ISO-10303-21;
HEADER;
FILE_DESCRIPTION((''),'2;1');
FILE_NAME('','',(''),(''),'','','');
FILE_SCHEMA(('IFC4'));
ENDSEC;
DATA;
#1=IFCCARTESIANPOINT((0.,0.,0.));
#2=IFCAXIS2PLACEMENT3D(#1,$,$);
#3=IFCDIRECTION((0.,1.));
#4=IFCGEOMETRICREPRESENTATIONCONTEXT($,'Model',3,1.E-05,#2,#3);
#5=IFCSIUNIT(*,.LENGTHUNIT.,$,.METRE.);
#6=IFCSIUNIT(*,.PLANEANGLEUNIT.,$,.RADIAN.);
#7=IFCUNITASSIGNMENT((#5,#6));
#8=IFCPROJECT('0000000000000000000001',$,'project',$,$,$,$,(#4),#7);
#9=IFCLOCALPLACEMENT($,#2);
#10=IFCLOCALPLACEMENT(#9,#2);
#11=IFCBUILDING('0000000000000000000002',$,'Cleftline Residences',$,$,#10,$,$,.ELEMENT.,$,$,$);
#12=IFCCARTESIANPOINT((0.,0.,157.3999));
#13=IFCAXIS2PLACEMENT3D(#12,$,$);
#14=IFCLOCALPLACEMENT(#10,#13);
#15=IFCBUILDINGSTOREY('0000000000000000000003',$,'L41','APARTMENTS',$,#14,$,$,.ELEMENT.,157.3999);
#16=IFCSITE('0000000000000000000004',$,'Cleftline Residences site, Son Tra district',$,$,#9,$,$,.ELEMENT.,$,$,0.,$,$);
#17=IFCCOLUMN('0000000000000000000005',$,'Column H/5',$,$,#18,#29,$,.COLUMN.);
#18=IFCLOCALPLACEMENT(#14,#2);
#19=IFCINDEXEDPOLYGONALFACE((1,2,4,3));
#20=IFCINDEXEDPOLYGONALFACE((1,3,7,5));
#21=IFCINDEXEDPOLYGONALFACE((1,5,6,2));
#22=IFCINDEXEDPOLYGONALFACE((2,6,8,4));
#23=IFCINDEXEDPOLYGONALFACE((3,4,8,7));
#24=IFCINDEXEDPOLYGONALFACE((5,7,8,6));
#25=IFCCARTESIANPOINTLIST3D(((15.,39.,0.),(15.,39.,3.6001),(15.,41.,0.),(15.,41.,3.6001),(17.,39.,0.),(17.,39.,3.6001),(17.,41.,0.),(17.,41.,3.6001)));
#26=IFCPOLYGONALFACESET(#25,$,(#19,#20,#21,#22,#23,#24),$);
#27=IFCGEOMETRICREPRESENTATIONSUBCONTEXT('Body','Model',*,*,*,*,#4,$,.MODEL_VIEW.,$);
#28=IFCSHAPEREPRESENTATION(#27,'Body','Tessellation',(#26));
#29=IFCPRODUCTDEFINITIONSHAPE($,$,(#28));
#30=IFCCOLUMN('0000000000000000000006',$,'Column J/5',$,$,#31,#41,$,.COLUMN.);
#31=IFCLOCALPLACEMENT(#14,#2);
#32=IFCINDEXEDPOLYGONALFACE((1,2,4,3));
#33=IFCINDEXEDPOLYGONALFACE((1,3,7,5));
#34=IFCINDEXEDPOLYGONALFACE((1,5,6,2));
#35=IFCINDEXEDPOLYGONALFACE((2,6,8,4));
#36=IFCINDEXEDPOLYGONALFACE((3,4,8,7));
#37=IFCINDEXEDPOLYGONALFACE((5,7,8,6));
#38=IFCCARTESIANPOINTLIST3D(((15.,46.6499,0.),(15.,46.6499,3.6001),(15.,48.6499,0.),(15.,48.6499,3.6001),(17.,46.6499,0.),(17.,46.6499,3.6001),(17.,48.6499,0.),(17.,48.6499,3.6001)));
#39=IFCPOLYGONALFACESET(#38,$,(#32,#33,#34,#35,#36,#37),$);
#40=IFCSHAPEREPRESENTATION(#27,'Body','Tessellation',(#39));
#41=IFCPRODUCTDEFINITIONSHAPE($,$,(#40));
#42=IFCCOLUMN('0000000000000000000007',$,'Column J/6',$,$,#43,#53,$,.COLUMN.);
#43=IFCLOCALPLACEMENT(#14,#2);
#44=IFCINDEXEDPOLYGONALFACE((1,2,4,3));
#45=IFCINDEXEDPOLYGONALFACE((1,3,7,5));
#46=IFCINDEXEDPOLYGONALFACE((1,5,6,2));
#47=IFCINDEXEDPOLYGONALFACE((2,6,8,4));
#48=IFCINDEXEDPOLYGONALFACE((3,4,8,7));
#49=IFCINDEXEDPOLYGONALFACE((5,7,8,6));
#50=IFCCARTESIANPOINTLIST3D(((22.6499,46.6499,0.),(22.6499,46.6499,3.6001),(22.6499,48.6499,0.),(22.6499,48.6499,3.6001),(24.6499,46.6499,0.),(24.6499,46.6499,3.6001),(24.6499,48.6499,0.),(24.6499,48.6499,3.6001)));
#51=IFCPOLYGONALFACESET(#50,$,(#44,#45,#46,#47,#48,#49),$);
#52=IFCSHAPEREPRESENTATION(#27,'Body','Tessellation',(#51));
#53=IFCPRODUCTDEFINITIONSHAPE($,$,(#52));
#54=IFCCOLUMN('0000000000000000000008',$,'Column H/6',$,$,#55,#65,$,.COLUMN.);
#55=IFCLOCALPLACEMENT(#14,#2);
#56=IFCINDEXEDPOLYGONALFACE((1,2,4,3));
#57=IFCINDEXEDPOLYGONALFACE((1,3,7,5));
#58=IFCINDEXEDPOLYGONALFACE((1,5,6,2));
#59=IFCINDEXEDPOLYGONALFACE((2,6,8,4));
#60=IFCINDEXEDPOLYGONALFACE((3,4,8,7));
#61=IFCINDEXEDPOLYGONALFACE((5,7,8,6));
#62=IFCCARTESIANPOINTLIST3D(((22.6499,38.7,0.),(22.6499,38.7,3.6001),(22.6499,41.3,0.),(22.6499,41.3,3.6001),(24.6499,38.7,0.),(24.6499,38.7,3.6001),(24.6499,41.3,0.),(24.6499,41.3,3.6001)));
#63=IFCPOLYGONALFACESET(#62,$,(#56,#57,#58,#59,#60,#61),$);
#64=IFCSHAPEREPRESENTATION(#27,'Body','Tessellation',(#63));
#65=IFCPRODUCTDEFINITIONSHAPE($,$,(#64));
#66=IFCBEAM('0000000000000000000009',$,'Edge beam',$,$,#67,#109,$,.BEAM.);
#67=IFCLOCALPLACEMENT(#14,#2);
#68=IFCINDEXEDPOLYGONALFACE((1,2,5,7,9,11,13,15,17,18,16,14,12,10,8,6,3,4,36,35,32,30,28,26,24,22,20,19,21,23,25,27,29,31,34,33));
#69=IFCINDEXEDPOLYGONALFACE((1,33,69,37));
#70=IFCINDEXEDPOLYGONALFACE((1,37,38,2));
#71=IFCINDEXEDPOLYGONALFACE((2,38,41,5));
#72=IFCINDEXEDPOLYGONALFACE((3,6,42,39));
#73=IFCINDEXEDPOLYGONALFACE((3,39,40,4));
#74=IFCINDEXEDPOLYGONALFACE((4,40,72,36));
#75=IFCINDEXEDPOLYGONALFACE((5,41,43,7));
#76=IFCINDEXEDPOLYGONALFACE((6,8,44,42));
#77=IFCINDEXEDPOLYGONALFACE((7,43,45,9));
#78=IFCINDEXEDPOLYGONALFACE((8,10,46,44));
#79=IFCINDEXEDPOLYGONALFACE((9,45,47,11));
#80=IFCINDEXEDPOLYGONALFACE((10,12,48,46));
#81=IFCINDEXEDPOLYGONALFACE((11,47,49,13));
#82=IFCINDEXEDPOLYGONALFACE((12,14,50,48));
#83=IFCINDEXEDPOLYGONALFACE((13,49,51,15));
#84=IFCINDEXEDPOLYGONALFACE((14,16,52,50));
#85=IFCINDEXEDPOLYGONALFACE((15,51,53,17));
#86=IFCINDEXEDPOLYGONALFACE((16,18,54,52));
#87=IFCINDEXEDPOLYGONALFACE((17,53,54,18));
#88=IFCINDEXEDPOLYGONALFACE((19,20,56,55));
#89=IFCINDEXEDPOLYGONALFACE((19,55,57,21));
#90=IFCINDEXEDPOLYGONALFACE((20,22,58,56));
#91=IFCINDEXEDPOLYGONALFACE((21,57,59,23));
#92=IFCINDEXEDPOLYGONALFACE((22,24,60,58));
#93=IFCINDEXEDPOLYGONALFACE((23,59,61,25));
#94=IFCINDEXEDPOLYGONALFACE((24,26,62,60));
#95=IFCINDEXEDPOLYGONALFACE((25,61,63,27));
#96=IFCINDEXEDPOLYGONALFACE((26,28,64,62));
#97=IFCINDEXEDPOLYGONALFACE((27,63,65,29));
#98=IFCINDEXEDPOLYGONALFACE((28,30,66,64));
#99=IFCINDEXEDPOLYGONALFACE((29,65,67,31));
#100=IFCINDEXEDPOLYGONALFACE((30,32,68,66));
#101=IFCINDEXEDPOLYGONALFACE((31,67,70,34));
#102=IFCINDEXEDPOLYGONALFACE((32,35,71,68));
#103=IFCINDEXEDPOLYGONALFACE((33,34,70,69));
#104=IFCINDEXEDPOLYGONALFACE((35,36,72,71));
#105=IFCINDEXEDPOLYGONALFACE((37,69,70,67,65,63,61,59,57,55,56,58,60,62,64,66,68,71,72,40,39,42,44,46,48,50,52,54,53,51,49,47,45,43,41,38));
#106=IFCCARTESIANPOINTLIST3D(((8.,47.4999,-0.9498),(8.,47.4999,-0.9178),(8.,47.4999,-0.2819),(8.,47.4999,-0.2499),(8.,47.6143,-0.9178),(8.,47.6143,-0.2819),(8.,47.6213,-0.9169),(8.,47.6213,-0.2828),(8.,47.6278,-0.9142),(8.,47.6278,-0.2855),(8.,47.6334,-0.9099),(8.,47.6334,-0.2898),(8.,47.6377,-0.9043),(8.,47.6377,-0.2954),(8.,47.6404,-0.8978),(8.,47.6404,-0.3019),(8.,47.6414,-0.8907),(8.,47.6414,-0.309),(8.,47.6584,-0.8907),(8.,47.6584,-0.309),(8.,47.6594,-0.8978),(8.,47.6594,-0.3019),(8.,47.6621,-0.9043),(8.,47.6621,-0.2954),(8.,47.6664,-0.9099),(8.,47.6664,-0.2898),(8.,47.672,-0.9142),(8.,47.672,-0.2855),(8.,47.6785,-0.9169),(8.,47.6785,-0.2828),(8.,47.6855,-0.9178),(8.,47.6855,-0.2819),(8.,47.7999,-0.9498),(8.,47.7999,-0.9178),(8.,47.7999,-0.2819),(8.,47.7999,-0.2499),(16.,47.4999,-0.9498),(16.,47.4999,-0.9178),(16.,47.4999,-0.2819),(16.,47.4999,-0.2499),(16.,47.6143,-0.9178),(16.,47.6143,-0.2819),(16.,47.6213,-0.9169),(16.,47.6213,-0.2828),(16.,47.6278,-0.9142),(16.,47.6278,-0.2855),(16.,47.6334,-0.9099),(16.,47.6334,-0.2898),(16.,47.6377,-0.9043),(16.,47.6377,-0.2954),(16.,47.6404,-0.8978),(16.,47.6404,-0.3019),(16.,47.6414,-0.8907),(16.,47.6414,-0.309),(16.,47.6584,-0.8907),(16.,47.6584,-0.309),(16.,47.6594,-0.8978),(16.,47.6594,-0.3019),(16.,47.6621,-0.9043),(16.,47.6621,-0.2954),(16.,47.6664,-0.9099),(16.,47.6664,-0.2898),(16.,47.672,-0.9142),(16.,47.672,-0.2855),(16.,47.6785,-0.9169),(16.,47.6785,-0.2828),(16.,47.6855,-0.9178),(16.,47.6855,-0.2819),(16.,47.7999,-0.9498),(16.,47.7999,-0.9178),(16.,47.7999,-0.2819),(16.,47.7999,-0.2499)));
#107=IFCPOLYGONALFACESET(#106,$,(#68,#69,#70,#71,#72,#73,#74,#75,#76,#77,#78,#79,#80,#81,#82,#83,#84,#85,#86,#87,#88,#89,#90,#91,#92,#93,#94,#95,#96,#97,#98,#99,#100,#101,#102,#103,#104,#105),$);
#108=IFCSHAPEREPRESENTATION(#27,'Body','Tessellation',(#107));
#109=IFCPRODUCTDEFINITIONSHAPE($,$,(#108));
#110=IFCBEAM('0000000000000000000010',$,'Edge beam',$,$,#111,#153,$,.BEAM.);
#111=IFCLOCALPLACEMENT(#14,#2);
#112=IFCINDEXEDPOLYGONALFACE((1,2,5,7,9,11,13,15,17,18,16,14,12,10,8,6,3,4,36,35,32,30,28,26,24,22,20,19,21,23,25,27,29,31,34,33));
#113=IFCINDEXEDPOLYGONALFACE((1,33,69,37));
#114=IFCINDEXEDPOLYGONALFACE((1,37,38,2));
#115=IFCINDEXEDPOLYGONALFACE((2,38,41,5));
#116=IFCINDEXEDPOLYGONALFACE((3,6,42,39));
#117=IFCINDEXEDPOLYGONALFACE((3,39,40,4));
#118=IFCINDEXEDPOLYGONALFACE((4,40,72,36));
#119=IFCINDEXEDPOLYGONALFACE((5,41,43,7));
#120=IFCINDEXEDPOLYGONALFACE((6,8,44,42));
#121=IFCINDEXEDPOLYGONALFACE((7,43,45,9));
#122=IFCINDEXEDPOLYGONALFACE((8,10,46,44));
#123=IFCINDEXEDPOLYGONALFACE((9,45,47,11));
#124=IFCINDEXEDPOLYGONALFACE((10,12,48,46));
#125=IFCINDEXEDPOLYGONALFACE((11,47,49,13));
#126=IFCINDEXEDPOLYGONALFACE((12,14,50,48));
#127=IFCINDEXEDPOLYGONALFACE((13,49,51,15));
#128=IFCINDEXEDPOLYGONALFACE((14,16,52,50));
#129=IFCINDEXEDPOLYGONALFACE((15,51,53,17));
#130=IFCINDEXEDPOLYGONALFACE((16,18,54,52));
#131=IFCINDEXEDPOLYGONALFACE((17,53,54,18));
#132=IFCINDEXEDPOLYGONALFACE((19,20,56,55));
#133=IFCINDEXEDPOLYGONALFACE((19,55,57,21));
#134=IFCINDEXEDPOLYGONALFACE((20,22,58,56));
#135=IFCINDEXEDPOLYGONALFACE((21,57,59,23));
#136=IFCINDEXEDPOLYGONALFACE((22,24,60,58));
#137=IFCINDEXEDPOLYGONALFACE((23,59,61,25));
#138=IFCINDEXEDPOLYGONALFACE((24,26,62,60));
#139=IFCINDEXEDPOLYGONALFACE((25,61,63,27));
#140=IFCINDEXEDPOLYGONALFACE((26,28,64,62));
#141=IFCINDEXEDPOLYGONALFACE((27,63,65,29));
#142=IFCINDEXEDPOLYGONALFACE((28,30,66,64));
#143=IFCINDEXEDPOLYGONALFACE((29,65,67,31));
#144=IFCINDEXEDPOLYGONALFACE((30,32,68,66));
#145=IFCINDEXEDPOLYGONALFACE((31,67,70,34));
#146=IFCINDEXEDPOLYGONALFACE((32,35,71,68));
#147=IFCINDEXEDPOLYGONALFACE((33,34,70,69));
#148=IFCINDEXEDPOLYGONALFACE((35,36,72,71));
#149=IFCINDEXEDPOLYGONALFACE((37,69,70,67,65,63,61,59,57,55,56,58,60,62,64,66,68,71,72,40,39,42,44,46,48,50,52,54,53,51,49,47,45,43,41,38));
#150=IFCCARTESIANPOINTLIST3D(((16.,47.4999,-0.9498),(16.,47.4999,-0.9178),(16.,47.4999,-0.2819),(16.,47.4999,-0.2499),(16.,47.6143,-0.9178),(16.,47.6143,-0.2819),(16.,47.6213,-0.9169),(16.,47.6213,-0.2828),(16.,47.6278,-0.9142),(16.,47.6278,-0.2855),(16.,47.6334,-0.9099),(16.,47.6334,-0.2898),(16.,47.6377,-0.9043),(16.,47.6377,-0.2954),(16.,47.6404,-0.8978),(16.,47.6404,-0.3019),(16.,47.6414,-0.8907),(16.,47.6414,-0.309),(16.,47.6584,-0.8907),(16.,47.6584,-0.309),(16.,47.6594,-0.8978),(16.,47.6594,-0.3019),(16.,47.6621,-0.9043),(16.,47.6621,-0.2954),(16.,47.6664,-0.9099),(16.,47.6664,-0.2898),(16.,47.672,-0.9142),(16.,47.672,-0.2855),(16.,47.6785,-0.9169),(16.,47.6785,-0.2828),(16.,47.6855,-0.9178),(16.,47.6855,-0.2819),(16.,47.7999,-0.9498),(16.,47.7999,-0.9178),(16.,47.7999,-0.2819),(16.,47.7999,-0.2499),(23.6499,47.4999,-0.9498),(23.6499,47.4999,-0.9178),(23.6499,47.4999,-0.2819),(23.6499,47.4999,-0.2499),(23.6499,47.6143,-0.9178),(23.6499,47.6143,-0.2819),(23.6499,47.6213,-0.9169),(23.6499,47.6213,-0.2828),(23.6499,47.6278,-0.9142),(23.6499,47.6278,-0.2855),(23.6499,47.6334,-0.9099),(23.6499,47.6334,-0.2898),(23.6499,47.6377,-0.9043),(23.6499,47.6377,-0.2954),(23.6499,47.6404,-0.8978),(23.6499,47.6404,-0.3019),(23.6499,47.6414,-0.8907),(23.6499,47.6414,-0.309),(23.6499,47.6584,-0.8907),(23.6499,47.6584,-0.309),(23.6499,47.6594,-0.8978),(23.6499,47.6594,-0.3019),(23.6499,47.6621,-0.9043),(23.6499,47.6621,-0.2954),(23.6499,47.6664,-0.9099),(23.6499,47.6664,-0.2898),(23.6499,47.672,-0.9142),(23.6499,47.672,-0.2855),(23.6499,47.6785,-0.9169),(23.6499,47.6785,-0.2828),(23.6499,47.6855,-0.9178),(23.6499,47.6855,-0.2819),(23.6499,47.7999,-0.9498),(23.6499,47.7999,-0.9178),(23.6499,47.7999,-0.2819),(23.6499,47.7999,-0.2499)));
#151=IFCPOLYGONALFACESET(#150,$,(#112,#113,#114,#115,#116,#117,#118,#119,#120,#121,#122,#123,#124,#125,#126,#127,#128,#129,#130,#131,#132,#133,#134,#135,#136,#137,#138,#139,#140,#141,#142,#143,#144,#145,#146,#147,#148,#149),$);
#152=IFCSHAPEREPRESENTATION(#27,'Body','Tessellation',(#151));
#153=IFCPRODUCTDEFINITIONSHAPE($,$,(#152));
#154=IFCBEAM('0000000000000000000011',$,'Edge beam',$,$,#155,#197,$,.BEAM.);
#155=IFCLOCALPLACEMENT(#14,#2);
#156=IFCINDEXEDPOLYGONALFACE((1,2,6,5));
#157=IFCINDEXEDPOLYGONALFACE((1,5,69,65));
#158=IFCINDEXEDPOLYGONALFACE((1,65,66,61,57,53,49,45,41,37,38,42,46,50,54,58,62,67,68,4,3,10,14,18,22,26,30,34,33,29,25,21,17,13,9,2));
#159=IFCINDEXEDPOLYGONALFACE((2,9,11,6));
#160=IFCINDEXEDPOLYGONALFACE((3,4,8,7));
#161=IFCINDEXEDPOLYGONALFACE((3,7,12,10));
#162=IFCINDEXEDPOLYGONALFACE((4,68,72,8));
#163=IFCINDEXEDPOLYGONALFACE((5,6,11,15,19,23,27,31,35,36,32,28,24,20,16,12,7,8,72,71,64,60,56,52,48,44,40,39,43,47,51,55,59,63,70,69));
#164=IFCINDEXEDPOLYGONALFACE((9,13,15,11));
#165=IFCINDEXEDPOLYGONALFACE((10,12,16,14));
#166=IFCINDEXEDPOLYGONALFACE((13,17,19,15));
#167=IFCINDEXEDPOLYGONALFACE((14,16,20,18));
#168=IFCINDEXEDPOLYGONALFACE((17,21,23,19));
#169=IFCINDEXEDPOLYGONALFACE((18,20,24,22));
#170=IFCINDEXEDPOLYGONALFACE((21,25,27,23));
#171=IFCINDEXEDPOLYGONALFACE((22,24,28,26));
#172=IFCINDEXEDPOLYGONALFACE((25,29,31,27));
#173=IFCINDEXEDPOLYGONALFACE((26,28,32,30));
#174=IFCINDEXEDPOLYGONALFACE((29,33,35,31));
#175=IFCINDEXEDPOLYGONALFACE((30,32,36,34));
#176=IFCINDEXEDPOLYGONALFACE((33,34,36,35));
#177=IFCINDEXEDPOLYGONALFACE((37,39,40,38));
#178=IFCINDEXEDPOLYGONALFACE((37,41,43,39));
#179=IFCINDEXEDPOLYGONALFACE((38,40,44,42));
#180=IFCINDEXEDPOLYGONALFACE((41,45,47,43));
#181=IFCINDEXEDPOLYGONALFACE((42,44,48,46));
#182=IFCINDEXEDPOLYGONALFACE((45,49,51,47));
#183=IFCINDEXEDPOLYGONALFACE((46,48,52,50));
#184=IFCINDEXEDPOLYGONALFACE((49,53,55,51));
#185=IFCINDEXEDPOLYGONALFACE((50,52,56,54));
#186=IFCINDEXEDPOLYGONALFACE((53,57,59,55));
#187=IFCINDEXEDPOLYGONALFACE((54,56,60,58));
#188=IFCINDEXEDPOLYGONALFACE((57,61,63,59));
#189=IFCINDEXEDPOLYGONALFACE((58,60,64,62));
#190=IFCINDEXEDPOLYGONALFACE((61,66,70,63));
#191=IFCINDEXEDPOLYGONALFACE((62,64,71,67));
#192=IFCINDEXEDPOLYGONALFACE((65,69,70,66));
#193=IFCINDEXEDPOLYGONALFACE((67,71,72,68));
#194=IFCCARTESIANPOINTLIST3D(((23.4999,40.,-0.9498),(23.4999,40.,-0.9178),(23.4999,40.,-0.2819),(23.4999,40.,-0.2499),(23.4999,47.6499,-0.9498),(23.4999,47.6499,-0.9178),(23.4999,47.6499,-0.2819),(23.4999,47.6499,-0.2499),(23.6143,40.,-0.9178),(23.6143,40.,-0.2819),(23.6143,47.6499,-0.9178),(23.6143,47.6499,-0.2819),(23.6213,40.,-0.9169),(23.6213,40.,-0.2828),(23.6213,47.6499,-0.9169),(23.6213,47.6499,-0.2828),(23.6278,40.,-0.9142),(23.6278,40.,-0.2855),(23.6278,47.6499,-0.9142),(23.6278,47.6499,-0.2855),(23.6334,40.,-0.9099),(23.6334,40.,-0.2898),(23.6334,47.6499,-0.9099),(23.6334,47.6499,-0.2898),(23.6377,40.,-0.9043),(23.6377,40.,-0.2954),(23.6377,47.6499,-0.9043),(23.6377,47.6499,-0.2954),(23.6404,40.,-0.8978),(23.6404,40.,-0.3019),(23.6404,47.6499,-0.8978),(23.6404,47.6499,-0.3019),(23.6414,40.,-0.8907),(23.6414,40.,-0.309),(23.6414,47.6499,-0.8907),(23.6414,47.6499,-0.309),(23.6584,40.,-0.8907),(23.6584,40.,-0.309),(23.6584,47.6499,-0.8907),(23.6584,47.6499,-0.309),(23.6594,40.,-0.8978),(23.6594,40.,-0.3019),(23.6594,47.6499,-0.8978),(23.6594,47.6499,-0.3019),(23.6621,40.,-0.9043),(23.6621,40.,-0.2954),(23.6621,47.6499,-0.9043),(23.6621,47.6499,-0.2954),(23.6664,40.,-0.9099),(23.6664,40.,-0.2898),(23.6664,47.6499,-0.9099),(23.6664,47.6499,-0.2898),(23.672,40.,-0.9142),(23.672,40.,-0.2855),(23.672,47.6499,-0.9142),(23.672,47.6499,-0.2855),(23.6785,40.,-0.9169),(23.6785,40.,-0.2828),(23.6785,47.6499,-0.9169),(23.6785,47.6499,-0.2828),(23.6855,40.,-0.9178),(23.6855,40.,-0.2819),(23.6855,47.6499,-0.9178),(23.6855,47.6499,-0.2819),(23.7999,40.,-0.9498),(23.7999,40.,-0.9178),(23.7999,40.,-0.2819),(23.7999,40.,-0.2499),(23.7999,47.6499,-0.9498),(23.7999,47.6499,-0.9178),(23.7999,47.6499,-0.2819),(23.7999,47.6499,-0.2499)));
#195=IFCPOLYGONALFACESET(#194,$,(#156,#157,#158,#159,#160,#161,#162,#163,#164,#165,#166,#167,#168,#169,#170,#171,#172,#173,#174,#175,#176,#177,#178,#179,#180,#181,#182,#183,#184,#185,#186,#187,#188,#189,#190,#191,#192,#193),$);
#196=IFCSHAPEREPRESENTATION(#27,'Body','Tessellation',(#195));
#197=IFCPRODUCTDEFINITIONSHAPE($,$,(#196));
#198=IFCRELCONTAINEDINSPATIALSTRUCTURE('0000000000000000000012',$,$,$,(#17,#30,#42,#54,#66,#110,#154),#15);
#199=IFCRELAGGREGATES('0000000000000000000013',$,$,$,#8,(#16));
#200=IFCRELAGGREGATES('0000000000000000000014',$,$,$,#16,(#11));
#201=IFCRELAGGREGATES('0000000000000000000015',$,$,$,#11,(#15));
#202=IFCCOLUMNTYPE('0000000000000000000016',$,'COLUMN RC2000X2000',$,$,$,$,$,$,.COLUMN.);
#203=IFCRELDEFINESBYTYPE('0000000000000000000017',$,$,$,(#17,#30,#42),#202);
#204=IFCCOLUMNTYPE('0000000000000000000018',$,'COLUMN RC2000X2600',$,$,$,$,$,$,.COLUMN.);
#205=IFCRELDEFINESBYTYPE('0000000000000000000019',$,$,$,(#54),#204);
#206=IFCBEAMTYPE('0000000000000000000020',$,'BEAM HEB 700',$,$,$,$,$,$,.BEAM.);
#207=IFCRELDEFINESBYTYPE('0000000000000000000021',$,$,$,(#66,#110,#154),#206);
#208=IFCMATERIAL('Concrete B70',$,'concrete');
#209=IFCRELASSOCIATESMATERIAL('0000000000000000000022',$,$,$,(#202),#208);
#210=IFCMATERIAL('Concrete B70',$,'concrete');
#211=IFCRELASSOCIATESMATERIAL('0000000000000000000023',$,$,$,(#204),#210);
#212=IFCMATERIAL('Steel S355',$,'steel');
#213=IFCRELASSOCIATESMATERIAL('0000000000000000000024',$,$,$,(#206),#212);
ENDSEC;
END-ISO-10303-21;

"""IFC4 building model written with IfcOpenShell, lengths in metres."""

from ifc_helpers import new_model, si_unit, direction, frame, origin, origin_2d, place, context, subcontext, project, spatial, rectangle, i_section, extrude, material, material_profile, profile_set, type_object, element, save


model = new_model("IFC4")

# Units and contexts
model_context = context("Model", 3, precision=1e-05, world=origin(), true_north=direction((0.0, 1.0)))
body_context = subcontext(model_context, "Body", "Model", "MODEL_VIEW")
ifc_project = project(units=[si_unit("LENGTHUNIT", "METRE"), si_unit("PLANEANGLEUNIT", "RADIAN")], contexts=[model_context])

# Site, building, storey
site_placement = place(None, origin())
site = spatial("IfcSite", under=ifc_project, at=site_placement, Name="Cleftline Residences site, Son Tra district", CompositionType="ELEMENT", RefElevation=0.0)
building_placement = place(site_placement, origin())
building = spatial("IfcBuilding", under=site, at=building_placement, Name="Cleftline Residences", CompositionType="ELEMENT")
storey_placement = place(building_placement, frame((0.0, 0.0, 157.3999)))
storey = spatial("IfcBuildingStorey", under=building, at=storey_placement, Name="L41", Description="APARTMENTS", CompositionType="ELEMENT", Elevation=157.3999)

# Columns
ifc_material_1 = material(Name="Concrete B70", Category="concrete")
ifc_material_profile_1 = material_profile(ifc_material_1, rectangle(XDim=2.0, YDim=2.0, at=origin_2d()))
ifc_profile_set_1 = profile_set([ifc_material_profile_1], Name="Concrete B70")
column_type_1 = type_object("IfcColumnType", Name="COLUMN RC2000X2000", PredefinedType="COLUMN", material=ifc_profile_set_1)
for number, where, z_axis, x_axis, name in (
    (1, (16.0, 40.0, 0.0), (0.0, 0.0, 1.0), (1.0, 0.0, 0.0), "Column H/5"),
    (2, (16.0, 47.6499, 0.0), (0.0, 0.0, 1.0), (1.0, 0.0, 0.0), "Column J/5"),
    (3, (23.6499, 47.6499, 0.0), (0.0, 0.0, 1.0), (1.0, 0.0, 0.0), "Column J/6"),
):
    element("IfcColumn", number, at=place(storey_placement, frame(where, z_axis=z_axis, x_axis=x_axis)), inside=storey, type_object=column_type_1, Name=name, PredefinedType="COLUMN", context=body_context, shape_type="SweptSolid", body=[
        extrude(rectangle(XDim=2.0, YDim=2.0, at=origin_2d()), origin(), (0.0, 0.0, 1.0), 3.6001),
    ])
ifc_material_2 = material(Name="Concrete B70", Category="concrete")
ifc_material_profile_2 = material_profile(ifc_material_2, rectangle(XDim=2.0, YDim=2.6001, at=origin_2d()))
ifc_profile_set_2 = profile_set([ifc_material_profile_2], Name="Concrete B70")
column_type_2 = type_object("IfcColumnType", Name="COLUMN RC2000X2600", PredefinedType="COLUMN", material=ifc_profile_set_2)
column_placement = place(storey_placement, frame((23.6499, 40.0, 0.0), z_axis=(0.0, 0.0, 1.0), x_axis=(1.0, 0.0, 0.0)))
element("IfcColumn", 4, at=column_placement, inside=storey, type_object=column_type_2, Name="Column H/6", PredefinedType="COLUMN", context=body_context, shape_type="SweptSolid", body=[
    extrude(rectangle(XDim=2.0, YDim=2.6001, at=origin_2d()), origin(), (0.0, 0.0, 1.0), 3.6001),
])

# Beams
ifc_material_3 = material(Name="Steel S355", Category="steel")
ifc_material_profile_3 = material_profile(ifc_material_3, i_section(OverallWidth=0.3, OverallDepth=0.7, WebThickness=0.0171, FlangeThickness=0.032, FilletRadius=0.0271, at=origin_2d()))
ifc_profile_set_3 = profile_set([ifc_material_profile_3], Name="Steel S355")
beam_type = type_object("IfcBeamType", Name="BEAM HEB 700", PredefinedType="BEAM", material=ifc_profile_set_3)
beam_placement = place(storey_placement, frame((8.0, 47.6499, -0.5999), z_axis=(1.0, 0.0, 0.0), x_axis=(0.0, 1.0, 0.0)))
element("IfcBeam", 5, at=beam_placement, inside=storey, type_object=beam_type, Name="Edge beam", PredefinedType="BEAM", context=body_context, shape_type="SweptSolid", body=[
    extrude(i_section(OverallWidth=0.3, OverallDepth=0.7, WebThickness=0.0171, FlangeThickness=0.032, FilletRadius=0.0271, at=origin_2d()), origin(), (0.0, 0.0, 1.0), 8.0),
])
for number, where, z_axis, x_axis, name in (
    (6, (16.0, 47.6499, -0.5999), (1.0, 0.0, 0.0), (0.0, 1.0, 0.0), "Edge beam"),
    (7, (23.6499, 47.6499, -0.5999), (0.0, -1.0, 0.0), (1.0, 0.0, 0.0), "Edge beam"),
):
    element("IfcBeam", number, at=place(storey_placement, frame(where, z_axis=z_axis, x_axis=x_axis)), inside=storey, type_object=beam_type, Name=name, PredefinedType="BEAM", context=body_context, shape_type="SweptSolid", body=[
        extrude(i_section(OverallWidth=0.3, OverallDepth=0.7, WebThickness=0.0171, FlangeThickness=0.032, FilletRadius=0.0271, at=origin_2d()), origin(), (0.0, 0.0, 1.0), 7.6499),
    ])

save(model, "model.ifc")
